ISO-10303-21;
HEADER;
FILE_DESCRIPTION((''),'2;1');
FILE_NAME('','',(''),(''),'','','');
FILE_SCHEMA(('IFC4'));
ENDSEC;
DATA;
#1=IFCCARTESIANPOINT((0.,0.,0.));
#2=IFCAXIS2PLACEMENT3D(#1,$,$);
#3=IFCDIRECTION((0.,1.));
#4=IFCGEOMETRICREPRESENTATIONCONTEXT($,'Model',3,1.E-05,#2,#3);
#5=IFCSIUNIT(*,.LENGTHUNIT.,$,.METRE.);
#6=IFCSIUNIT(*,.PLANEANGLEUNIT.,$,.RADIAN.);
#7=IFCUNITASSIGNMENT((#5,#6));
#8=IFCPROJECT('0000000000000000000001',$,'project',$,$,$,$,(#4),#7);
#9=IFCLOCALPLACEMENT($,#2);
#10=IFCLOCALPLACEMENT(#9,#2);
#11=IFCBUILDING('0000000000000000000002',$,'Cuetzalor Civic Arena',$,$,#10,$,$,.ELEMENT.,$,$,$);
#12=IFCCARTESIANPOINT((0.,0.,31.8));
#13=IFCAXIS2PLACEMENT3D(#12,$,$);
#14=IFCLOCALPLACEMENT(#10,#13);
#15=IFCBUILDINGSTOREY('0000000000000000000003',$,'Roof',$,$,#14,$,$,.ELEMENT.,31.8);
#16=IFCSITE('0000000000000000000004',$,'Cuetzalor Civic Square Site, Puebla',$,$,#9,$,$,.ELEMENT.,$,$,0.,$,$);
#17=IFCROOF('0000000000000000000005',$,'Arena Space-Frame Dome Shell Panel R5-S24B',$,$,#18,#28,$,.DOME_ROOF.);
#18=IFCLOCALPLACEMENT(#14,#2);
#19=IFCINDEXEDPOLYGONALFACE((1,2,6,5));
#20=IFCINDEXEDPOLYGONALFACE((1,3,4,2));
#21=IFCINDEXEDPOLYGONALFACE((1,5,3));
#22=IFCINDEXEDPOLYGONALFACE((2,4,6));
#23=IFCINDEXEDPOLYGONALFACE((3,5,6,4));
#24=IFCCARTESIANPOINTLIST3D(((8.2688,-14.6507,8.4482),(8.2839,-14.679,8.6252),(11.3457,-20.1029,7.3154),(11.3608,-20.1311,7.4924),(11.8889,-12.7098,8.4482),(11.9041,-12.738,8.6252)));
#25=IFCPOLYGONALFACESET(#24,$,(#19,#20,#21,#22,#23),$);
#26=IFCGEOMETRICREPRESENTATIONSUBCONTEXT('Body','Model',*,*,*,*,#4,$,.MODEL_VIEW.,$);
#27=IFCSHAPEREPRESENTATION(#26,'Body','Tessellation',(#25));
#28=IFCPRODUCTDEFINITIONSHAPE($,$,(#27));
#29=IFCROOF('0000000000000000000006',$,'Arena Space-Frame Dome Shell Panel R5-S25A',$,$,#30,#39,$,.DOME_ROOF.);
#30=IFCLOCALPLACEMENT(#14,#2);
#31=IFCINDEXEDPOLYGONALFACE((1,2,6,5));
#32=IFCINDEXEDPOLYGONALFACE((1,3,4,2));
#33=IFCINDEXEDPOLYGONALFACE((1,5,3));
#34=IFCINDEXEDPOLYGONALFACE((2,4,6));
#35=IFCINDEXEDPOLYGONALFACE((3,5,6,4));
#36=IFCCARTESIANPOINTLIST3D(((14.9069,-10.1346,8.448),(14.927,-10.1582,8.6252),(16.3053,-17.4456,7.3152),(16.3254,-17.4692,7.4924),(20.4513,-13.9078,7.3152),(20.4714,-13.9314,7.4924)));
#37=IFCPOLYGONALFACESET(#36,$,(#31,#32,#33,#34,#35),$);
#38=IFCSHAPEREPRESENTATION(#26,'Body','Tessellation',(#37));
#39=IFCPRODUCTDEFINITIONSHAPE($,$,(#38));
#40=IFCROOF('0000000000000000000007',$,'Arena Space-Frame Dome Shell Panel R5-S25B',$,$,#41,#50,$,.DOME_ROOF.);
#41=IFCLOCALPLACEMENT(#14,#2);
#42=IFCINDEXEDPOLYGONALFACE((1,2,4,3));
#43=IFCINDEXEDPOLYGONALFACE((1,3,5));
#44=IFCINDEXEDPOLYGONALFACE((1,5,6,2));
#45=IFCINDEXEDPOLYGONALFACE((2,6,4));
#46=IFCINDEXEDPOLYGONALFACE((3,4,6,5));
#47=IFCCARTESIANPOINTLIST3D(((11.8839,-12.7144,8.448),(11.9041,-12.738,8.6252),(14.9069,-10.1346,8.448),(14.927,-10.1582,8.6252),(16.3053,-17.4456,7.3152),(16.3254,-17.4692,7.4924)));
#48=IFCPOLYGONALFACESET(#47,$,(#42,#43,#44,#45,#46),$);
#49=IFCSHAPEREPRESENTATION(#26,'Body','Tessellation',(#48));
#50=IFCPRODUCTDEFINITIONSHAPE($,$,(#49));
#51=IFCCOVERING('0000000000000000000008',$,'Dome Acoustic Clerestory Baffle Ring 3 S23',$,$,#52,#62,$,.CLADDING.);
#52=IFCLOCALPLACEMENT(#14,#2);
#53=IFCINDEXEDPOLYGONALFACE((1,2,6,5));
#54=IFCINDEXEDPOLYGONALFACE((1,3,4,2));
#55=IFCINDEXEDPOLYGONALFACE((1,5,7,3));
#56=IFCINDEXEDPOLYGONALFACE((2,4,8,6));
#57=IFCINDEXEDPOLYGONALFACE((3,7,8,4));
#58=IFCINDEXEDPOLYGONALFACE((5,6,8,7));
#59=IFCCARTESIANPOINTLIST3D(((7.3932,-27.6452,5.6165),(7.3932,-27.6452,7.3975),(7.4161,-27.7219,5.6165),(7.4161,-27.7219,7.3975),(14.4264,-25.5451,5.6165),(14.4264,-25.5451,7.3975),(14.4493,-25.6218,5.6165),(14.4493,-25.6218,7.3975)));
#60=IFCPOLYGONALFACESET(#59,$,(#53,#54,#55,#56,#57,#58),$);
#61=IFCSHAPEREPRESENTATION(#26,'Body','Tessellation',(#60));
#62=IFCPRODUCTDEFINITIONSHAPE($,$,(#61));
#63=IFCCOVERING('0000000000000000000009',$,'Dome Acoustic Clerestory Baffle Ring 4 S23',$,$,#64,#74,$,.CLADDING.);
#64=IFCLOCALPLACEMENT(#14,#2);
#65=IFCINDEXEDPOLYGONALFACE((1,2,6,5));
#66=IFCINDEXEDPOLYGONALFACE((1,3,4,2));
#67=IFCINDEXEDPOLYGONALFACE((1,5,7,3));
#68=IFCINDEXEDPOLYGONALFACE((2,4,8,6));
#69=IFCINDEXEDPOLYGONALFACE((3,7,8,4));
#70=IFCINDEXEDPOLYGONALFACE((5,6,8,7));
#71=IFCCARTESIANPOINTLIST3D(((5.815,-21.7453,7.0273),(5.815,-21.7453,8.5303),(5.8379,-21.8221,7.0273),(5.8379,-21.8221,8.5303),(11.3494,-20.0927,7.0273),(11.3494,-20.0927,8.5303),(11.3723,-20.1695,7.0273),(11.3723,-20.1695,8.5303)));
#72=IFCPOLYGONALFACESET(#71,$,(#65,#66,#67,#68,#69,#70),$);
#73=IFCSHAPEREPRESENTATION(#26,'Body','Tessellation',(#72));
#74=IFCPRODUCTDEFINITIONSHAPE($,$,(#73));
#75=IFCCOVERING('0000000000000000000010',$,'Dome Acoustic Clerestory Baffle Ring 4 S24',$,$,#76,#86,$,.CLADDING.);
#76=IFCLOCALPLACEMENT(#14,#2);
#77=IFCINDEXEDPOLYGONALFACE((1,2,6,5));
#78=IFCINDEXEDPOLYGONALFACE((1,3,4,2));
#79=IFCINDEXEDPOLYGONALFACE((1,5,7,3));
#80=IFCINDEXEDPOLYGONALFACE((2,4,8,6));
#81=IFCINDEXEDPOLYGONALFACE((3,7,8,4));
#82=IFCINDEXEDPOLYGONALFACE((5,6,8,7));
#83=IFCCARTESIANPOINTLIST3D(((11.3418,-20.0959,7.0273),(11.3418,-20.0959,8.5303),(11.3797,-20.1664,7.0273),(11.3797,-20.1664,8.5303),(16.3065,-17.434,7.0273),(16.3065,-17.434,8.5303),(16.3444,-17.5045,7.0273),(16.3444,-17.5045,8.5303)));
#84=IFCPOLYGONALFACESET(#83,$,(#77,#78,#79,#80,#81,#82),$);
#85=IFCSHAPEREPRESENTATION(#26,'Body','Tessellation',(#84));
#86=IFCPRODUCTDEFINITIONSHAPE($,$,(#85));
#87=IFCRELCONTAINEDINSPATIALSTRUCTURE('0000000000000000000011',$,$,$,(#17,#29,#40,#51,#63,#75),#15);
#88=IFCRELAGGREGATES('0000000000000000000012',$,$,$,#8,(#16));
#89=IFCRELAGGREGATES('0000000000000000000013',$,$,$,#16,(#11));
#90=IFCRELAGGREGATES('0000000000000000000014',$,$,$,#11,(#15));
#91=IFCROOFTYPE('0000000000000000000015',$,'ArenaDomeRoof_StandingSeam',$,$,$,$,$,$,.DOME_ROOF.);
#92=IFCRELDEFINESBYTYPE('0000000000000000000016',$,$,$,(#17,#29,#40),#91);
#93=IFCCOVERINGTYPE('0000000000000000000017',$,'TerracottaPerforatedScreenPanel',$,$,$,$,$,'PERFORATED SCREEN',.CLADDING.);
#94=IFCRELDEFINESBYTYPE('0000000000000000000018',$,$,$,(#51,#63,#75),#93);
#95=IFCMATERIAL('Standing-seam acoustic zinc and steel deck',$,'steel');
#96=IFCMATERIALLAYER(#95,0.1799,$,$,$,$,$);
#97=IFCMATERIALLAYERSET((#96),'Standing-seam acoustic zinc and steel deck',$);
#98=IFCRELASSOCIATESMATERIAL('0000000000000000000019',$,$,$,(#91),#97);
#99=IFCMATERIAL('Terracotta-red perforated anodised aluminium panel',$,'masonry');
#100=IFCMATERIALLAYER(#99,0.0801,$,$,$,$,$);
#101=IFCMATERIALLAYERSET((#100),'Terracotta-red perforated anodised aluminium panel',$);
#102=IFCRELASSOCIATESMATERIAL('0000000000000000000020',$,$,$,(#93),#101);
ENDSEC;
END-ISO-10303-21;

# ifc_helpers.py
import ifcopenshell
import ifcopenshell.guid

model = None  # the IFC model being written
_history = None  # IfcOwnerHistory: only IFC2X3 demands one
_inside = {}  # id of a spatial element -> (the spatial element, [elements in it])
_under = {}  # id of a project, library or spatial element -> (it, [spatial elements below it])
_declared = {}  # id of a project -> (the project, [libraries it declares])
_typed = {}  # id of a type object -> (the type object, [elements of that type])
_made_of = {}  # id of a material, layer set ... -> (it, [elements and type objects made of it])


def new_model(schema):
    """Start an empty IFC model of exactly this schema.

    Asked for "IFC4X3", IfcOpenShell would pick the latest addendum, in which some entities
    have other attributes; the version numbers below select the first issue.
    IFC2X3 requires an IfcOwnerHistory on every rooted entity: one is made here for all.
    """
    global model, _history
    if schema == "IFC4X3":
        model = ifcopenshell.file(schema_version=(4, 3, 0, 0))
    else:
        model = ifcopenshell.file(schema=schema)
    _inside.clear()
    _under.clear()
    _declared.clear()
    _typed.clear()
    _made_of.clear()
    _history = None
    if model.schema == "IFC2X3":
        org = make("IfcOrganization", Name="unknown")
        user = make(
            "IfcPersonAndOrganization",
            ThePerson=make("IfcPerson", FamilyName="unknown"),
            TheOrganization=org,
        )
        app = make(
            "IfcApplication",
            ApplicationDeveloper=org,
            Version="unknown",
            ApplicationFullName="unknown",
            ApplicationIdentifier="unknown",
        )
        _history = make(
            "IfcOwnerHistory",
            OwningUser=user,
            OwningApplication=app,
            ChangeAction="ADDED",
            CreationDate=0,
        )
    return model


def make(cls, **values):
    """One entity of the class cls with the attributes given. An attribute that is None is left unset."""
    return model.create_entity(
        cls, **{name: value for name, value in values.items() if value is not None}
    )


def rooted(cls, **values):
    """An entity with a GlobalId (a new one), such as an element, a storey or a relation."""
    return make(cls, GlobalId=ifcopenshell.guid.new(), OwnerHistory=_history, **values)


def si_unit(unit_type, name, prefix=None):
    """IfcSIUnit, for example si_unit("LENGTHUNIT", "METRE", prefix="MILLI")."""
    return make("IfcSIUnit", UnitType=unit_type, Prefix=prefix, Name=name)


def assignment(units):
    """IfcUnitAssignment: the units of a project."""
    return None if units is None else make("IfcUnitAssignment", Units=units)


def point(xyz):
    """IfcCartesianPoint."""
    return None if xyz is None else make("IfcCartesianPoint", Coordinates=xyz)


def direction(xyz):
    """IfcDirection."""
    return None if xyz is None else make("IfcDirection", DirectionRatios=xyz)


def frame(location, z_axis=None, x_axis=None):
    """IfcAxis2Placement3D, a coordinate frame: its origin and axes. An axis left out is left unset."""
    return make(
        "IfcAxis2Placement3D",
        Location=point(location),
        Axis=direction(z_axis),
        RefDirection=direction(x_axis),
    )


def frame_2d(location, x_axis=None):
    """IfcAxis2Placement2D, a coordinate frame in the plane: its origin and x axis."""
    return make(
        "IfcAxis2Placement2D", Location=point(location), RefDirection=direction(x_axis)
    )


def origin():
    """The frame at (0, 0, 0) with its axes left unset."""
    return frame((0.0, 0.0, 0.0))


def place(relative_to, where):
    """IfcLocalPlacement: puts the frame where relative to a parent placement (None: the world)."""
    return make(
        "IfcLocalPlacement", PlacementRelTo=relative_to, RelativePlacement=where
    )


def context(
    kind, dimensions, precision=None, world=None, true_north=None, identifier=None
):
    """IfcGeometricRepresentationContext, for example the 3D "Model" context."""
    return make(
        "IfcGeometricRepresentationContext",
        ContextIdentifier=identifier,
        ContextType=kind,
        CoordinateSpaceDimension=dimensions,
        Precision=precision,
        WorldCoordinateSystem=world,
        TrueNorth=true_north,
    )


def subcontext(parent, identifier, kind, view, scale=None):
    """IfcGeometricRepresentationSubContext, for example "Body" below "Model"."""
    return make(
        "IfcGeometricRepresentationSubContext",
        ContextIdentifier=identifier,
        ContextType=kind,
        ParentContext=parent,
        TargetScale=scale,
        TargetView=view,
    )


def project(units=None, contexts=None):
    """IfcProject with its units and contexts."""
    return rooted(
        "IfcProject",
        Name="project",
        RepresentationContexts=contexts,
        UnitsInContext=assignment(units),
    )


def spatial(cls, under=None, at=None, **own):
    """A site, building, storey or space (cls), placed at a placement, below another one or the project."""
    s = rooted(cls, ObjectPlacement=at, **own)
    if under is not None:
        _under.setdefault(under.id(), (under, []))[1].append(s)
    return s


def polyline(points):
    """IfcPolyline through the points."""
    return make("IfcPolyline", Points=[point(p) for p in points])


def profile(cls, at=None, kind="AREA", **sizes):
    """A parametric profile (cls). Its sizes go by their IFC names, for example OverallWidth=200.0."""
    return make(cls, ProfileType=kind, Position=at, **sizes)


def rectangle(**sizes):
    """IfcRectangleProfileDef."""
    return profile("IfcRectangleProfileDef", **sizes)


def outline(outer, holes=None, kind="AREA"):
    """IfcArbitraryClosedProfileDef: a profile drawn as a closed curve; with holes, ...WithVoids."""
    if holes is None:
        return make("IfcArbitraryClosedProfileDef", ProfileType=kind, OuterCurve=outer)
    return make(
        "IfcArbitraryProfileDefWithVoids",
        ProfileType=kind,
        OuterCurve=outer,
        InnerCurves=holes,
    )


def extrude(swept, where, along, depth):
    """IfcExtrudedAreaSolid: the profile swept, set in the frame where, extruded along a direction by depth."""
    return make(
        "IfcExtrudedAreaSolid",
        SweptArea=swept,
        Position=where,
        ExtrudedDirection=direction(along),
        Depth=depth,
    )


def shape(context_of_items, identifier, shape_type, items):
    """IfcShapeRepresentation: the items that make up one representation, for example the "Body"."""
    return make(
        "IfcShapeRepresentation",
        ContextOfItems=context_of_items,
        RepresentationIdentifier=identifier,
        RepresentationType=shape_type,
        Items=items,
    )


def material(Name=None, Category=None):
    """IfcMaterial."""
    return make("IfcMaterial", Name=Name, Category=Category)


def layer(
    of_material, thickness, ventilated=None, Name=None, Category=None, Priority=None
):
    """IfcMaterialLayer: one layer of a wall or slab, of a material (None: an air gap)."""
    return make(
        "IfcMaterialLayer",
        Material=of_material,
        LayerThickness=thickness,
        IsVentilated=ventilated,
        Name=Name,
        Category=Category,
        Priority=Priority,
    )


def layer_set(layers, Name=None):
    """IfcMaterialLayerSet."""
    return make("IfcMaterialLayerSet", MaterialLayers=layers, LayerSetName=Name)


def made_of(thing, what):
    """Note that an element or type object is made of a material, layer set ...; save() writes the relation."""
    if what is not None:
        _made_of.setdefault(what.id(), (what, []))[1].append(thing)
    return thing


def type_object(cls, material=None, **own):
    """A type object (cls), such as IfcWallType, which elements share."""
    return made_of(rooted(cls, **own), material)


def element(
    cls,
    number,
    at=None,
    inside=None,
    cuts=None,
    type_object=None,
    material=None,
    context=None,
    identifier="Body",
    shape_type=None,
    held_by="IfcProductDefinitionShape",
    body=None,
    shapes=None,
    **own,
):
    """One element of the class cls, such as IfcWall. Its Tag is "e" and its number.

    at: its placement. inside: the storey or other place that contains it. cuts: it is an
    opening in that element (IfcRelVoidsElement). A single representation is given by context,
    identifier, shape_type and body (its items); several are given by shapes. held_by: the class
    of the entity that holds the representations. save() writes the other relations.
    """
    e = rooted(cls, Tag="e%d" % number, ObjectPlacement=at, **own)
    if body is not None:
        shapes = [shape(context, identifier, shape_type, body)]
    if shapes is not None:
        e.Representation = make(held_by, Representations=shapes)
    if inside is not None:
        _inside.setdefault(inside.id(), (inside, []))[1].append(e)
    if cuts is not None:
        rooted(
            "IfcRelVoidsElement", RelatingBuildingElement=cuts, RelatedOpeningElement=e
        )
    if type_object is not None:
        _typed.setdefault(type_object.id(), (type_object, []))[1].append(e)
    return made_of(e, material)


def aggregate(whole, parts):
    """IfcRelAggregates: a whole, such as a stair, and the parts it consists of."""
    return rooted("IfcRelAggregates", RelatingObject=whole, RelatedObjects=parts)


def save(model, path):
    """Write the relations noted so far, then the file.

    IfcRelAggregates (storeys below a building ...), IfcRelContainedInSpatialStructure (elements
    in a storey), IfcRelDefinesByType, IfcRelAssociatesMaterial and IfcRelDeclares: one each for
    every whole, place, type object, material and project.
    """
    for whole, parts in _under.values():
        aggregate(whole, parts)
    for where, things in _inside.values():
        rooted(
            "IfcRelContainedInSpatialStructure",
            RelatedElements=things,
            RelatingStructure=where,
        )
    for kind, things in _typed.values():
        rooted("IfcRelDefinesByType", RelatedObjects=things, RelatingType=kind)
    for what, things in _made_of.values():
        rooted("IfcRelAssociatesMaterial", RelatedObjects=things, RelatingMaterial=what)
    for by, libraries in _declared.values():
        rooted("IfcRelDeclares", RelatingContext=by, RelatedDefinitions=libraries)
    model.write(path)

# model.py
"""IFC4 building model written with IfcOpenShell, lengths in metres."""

from ifc_helpers import new_model, si_unit, direction, frame, frame_2d, origin, place, context, subcontext, project, spatial, polyline, rectangle, outline, extrude, material, layer, layer_set, type_object, element, save


model = new_model("IFC4")

# Units and contexts
model_context = context("Model", 3, precision=1e-05, world=origin(), true_north=direction((0.0, 1.0)))
body_context = subcontext(model_context, "Body", "Model", "MODEL_VIEW")
ifc_project = project(units=[si_unit("LENGTHUNIT", "METRE"), si_unit("PLANEANGLEUNIT", "RADIAN")], contexts=[model_context])

# Site, building, storey
site_placement = place(None, origin())
site = spatial("IfcSite", under=ifc_project, at=site_placement, Name="Cuetzalor Civic Square Site, Puebla", CompositionType="ELEMENT", RefElevation=0.0)
building_placement = place(site_placement, origin())
building = spatial("IfcBuilding", under=site, at=building_placement, Name="Cuetzalor Civic Arena", CompositionType="ELEMENT")
storey_placement = place(building_placement, frame((0.0, 0.0, 31.8)))
storey = spatial("IfcBuildingStorey", under=building, at=storey_placement, Name="Roof", CompositionType="ELEMENT", Elevation=31.8)

# Roofs
ifc_material_1 = material(Name="Standing-seam acoustic zinc and steel deck", Category="steel")
ifc_layer_1 = layer(ifc_material_1, 0.1799)
ifc_layer_set_1 = layer_set([ifc_layer_1], Name="Standing-seam acoustic zinc and steel deck")
roof_type = type_object("IfcRoofType", Name="ArenaDomeRoof_StandingSeam", PredefinedType="DOME_ROOF", material=ifc_layer_set_1)
roof_1_placement = place(storey_placement, frame((11.3608, -20.1311, 7.4924), z_axis=(0.084154, -0.15696, 0.984013), x_axis=(0.072438, 0.985867, 0.151061)))
element("IfcRoof", 1, at=roof_1_placement, inside=storey, type_object=roof_type, Name="Arena Space-Frame Dome Shell Panel R5-S24B", PredefinedType="DOME_ROOF", context=body_context, shape_type="SweptSolid", body=[
    extrude(outline(polyline([(0.0, 0.0), (7.4991, 0.0), (5.3233, 3.4841), (0.0, 0.0)])), origin(), (0.0, 0.0, -1.0), 0.1799),
])
roof_2_placement = place(storey_placement, frame((16.3254, -17.4692, 7.4924), z_axis=(0.111961, -0.131208, 0.985012), x_axis=(0.760693, 0.649111, 0.0)))
element("IfcRoof", 2, at=roof_2_placement, inside=storey, type_object=roof_type, Name="Arena Space-Frame Dome Shell Panel R5-S25A", PredefinedType="DOME_ROOF", context=body_context, shape_type="SweptSolid", body=[
    extrude(outline(polyline([(0.0, 0.0), (5.4503, 0.0), (3.6819, 6.5676), (0.0, 0.0)])), origin(), (0.0, 0.0, -1.0), 0.1799),
])
roof_3_placement = place(storey_placement, frame((16.3254, -17.4692, 7.4924), z_axis=(0.111973, -0.131205, 0.985011), x_axis=(-0.185733, 0.971013, 0.150454)))
element("IfcRoof", 3, at=roof_3_placement, inside=storey, type_object=roof_type, Name="Arena Space-Frame Dome Shell Panel R5-S25B", PredefinedType="DOME_ROOF", context=body_context, shape_type="SweptSolid", body=[
    extrude(outline(polyline([(0.0, 0.0), (7.5293, 0.0), (5.5857, 3.4664), (0.0, 0.0)])), origin(), (0.0, 0.0, -1.0), 0.1799),
])

# Coverings
ifc_material_2 = material(Name="Terracotta-red perforated anodised aluminium panel", Category="masonry")
ifc_layer_2 = layer(ifc_material_2, 0.0801)
ifc_layer_set_2 = layer_set([ifc_layer_2], Name="Terracotta-red perforated anodised aluminium panel")
covering_type = type_object("IfcCoveringType", Name="TerracottaPerforatedScreenPanel", ElementType="PERFORATED SCREEN", PredefinedType="CLADDING", material=ifc_layer_set_2)
covering_1_placement = place(storey_placement, frame((14.4377, -25.5835, 5.6165), z_axis=(0.0, 0.0, 1.0), x_axis=(-0.958195, -0.286115, 0.0)))
element("IfcCovering", 4, at=covering_1_placement, inside=storey, type_object=covering_type, Name="Dome Acoustic Clerestory Baffle Ring 3 S23", PredefinedType="CLADDING", context=body_context, shape_type="SweptSolid", body=[
    extrude(rectangle(XDim=7.3401, YDim=0.0801, at=frame_2d((3.6699, 0.0))), origin(), (0.0, 0.0, 1.0), 1.781),
])
covering_2_placement = place(storey_placement, frame((11.3608, -20.1311, 7.0273), z_axis=(0.0, 0.0, 1.0), x_axis=(-0.958194, -0.286118, 0.0)))
element("IfcCovering", 5, at=covering_2_placement, inside=storey, type_object=covering_type, Name="Dome Acoustic Clerestory Baffle Ring 4 S23", PredefinedType="CLADDING", context=body_context, shape_type="SweptSolid", body=[
    extrude(rectangle(XDim=5.7759, YDim=0.0801, at=frame_2d((2.8879, 0.0))), origin(), (0.0, 0.0, 1.0), 1.5029),
])
covering_3_placement = place(storey_placement, frame((16.3254, -17.4692, 7.0273), z_axis=(0.0, 0.0, 1.0), x_axis=(-0.881313, -0.472533, 0.0)))
element("IfcCovering", 6, at=covering_3_placement, inside=storey, type_object=covering_type, Name="Dome Acoustic Clerestory Baffle Ring 4 S24", PredefinedType="CLADDING", context=body_context, shape_type="SweptSolid", body=[
    extrude(rectangle(XDim=5.6333, YDim=0.0801, at=frame_2d((2.8167, 0.0))), origin(), (0.0, 0.0, 1.0), 1.5029),
])

save(model, "model.ifc")
